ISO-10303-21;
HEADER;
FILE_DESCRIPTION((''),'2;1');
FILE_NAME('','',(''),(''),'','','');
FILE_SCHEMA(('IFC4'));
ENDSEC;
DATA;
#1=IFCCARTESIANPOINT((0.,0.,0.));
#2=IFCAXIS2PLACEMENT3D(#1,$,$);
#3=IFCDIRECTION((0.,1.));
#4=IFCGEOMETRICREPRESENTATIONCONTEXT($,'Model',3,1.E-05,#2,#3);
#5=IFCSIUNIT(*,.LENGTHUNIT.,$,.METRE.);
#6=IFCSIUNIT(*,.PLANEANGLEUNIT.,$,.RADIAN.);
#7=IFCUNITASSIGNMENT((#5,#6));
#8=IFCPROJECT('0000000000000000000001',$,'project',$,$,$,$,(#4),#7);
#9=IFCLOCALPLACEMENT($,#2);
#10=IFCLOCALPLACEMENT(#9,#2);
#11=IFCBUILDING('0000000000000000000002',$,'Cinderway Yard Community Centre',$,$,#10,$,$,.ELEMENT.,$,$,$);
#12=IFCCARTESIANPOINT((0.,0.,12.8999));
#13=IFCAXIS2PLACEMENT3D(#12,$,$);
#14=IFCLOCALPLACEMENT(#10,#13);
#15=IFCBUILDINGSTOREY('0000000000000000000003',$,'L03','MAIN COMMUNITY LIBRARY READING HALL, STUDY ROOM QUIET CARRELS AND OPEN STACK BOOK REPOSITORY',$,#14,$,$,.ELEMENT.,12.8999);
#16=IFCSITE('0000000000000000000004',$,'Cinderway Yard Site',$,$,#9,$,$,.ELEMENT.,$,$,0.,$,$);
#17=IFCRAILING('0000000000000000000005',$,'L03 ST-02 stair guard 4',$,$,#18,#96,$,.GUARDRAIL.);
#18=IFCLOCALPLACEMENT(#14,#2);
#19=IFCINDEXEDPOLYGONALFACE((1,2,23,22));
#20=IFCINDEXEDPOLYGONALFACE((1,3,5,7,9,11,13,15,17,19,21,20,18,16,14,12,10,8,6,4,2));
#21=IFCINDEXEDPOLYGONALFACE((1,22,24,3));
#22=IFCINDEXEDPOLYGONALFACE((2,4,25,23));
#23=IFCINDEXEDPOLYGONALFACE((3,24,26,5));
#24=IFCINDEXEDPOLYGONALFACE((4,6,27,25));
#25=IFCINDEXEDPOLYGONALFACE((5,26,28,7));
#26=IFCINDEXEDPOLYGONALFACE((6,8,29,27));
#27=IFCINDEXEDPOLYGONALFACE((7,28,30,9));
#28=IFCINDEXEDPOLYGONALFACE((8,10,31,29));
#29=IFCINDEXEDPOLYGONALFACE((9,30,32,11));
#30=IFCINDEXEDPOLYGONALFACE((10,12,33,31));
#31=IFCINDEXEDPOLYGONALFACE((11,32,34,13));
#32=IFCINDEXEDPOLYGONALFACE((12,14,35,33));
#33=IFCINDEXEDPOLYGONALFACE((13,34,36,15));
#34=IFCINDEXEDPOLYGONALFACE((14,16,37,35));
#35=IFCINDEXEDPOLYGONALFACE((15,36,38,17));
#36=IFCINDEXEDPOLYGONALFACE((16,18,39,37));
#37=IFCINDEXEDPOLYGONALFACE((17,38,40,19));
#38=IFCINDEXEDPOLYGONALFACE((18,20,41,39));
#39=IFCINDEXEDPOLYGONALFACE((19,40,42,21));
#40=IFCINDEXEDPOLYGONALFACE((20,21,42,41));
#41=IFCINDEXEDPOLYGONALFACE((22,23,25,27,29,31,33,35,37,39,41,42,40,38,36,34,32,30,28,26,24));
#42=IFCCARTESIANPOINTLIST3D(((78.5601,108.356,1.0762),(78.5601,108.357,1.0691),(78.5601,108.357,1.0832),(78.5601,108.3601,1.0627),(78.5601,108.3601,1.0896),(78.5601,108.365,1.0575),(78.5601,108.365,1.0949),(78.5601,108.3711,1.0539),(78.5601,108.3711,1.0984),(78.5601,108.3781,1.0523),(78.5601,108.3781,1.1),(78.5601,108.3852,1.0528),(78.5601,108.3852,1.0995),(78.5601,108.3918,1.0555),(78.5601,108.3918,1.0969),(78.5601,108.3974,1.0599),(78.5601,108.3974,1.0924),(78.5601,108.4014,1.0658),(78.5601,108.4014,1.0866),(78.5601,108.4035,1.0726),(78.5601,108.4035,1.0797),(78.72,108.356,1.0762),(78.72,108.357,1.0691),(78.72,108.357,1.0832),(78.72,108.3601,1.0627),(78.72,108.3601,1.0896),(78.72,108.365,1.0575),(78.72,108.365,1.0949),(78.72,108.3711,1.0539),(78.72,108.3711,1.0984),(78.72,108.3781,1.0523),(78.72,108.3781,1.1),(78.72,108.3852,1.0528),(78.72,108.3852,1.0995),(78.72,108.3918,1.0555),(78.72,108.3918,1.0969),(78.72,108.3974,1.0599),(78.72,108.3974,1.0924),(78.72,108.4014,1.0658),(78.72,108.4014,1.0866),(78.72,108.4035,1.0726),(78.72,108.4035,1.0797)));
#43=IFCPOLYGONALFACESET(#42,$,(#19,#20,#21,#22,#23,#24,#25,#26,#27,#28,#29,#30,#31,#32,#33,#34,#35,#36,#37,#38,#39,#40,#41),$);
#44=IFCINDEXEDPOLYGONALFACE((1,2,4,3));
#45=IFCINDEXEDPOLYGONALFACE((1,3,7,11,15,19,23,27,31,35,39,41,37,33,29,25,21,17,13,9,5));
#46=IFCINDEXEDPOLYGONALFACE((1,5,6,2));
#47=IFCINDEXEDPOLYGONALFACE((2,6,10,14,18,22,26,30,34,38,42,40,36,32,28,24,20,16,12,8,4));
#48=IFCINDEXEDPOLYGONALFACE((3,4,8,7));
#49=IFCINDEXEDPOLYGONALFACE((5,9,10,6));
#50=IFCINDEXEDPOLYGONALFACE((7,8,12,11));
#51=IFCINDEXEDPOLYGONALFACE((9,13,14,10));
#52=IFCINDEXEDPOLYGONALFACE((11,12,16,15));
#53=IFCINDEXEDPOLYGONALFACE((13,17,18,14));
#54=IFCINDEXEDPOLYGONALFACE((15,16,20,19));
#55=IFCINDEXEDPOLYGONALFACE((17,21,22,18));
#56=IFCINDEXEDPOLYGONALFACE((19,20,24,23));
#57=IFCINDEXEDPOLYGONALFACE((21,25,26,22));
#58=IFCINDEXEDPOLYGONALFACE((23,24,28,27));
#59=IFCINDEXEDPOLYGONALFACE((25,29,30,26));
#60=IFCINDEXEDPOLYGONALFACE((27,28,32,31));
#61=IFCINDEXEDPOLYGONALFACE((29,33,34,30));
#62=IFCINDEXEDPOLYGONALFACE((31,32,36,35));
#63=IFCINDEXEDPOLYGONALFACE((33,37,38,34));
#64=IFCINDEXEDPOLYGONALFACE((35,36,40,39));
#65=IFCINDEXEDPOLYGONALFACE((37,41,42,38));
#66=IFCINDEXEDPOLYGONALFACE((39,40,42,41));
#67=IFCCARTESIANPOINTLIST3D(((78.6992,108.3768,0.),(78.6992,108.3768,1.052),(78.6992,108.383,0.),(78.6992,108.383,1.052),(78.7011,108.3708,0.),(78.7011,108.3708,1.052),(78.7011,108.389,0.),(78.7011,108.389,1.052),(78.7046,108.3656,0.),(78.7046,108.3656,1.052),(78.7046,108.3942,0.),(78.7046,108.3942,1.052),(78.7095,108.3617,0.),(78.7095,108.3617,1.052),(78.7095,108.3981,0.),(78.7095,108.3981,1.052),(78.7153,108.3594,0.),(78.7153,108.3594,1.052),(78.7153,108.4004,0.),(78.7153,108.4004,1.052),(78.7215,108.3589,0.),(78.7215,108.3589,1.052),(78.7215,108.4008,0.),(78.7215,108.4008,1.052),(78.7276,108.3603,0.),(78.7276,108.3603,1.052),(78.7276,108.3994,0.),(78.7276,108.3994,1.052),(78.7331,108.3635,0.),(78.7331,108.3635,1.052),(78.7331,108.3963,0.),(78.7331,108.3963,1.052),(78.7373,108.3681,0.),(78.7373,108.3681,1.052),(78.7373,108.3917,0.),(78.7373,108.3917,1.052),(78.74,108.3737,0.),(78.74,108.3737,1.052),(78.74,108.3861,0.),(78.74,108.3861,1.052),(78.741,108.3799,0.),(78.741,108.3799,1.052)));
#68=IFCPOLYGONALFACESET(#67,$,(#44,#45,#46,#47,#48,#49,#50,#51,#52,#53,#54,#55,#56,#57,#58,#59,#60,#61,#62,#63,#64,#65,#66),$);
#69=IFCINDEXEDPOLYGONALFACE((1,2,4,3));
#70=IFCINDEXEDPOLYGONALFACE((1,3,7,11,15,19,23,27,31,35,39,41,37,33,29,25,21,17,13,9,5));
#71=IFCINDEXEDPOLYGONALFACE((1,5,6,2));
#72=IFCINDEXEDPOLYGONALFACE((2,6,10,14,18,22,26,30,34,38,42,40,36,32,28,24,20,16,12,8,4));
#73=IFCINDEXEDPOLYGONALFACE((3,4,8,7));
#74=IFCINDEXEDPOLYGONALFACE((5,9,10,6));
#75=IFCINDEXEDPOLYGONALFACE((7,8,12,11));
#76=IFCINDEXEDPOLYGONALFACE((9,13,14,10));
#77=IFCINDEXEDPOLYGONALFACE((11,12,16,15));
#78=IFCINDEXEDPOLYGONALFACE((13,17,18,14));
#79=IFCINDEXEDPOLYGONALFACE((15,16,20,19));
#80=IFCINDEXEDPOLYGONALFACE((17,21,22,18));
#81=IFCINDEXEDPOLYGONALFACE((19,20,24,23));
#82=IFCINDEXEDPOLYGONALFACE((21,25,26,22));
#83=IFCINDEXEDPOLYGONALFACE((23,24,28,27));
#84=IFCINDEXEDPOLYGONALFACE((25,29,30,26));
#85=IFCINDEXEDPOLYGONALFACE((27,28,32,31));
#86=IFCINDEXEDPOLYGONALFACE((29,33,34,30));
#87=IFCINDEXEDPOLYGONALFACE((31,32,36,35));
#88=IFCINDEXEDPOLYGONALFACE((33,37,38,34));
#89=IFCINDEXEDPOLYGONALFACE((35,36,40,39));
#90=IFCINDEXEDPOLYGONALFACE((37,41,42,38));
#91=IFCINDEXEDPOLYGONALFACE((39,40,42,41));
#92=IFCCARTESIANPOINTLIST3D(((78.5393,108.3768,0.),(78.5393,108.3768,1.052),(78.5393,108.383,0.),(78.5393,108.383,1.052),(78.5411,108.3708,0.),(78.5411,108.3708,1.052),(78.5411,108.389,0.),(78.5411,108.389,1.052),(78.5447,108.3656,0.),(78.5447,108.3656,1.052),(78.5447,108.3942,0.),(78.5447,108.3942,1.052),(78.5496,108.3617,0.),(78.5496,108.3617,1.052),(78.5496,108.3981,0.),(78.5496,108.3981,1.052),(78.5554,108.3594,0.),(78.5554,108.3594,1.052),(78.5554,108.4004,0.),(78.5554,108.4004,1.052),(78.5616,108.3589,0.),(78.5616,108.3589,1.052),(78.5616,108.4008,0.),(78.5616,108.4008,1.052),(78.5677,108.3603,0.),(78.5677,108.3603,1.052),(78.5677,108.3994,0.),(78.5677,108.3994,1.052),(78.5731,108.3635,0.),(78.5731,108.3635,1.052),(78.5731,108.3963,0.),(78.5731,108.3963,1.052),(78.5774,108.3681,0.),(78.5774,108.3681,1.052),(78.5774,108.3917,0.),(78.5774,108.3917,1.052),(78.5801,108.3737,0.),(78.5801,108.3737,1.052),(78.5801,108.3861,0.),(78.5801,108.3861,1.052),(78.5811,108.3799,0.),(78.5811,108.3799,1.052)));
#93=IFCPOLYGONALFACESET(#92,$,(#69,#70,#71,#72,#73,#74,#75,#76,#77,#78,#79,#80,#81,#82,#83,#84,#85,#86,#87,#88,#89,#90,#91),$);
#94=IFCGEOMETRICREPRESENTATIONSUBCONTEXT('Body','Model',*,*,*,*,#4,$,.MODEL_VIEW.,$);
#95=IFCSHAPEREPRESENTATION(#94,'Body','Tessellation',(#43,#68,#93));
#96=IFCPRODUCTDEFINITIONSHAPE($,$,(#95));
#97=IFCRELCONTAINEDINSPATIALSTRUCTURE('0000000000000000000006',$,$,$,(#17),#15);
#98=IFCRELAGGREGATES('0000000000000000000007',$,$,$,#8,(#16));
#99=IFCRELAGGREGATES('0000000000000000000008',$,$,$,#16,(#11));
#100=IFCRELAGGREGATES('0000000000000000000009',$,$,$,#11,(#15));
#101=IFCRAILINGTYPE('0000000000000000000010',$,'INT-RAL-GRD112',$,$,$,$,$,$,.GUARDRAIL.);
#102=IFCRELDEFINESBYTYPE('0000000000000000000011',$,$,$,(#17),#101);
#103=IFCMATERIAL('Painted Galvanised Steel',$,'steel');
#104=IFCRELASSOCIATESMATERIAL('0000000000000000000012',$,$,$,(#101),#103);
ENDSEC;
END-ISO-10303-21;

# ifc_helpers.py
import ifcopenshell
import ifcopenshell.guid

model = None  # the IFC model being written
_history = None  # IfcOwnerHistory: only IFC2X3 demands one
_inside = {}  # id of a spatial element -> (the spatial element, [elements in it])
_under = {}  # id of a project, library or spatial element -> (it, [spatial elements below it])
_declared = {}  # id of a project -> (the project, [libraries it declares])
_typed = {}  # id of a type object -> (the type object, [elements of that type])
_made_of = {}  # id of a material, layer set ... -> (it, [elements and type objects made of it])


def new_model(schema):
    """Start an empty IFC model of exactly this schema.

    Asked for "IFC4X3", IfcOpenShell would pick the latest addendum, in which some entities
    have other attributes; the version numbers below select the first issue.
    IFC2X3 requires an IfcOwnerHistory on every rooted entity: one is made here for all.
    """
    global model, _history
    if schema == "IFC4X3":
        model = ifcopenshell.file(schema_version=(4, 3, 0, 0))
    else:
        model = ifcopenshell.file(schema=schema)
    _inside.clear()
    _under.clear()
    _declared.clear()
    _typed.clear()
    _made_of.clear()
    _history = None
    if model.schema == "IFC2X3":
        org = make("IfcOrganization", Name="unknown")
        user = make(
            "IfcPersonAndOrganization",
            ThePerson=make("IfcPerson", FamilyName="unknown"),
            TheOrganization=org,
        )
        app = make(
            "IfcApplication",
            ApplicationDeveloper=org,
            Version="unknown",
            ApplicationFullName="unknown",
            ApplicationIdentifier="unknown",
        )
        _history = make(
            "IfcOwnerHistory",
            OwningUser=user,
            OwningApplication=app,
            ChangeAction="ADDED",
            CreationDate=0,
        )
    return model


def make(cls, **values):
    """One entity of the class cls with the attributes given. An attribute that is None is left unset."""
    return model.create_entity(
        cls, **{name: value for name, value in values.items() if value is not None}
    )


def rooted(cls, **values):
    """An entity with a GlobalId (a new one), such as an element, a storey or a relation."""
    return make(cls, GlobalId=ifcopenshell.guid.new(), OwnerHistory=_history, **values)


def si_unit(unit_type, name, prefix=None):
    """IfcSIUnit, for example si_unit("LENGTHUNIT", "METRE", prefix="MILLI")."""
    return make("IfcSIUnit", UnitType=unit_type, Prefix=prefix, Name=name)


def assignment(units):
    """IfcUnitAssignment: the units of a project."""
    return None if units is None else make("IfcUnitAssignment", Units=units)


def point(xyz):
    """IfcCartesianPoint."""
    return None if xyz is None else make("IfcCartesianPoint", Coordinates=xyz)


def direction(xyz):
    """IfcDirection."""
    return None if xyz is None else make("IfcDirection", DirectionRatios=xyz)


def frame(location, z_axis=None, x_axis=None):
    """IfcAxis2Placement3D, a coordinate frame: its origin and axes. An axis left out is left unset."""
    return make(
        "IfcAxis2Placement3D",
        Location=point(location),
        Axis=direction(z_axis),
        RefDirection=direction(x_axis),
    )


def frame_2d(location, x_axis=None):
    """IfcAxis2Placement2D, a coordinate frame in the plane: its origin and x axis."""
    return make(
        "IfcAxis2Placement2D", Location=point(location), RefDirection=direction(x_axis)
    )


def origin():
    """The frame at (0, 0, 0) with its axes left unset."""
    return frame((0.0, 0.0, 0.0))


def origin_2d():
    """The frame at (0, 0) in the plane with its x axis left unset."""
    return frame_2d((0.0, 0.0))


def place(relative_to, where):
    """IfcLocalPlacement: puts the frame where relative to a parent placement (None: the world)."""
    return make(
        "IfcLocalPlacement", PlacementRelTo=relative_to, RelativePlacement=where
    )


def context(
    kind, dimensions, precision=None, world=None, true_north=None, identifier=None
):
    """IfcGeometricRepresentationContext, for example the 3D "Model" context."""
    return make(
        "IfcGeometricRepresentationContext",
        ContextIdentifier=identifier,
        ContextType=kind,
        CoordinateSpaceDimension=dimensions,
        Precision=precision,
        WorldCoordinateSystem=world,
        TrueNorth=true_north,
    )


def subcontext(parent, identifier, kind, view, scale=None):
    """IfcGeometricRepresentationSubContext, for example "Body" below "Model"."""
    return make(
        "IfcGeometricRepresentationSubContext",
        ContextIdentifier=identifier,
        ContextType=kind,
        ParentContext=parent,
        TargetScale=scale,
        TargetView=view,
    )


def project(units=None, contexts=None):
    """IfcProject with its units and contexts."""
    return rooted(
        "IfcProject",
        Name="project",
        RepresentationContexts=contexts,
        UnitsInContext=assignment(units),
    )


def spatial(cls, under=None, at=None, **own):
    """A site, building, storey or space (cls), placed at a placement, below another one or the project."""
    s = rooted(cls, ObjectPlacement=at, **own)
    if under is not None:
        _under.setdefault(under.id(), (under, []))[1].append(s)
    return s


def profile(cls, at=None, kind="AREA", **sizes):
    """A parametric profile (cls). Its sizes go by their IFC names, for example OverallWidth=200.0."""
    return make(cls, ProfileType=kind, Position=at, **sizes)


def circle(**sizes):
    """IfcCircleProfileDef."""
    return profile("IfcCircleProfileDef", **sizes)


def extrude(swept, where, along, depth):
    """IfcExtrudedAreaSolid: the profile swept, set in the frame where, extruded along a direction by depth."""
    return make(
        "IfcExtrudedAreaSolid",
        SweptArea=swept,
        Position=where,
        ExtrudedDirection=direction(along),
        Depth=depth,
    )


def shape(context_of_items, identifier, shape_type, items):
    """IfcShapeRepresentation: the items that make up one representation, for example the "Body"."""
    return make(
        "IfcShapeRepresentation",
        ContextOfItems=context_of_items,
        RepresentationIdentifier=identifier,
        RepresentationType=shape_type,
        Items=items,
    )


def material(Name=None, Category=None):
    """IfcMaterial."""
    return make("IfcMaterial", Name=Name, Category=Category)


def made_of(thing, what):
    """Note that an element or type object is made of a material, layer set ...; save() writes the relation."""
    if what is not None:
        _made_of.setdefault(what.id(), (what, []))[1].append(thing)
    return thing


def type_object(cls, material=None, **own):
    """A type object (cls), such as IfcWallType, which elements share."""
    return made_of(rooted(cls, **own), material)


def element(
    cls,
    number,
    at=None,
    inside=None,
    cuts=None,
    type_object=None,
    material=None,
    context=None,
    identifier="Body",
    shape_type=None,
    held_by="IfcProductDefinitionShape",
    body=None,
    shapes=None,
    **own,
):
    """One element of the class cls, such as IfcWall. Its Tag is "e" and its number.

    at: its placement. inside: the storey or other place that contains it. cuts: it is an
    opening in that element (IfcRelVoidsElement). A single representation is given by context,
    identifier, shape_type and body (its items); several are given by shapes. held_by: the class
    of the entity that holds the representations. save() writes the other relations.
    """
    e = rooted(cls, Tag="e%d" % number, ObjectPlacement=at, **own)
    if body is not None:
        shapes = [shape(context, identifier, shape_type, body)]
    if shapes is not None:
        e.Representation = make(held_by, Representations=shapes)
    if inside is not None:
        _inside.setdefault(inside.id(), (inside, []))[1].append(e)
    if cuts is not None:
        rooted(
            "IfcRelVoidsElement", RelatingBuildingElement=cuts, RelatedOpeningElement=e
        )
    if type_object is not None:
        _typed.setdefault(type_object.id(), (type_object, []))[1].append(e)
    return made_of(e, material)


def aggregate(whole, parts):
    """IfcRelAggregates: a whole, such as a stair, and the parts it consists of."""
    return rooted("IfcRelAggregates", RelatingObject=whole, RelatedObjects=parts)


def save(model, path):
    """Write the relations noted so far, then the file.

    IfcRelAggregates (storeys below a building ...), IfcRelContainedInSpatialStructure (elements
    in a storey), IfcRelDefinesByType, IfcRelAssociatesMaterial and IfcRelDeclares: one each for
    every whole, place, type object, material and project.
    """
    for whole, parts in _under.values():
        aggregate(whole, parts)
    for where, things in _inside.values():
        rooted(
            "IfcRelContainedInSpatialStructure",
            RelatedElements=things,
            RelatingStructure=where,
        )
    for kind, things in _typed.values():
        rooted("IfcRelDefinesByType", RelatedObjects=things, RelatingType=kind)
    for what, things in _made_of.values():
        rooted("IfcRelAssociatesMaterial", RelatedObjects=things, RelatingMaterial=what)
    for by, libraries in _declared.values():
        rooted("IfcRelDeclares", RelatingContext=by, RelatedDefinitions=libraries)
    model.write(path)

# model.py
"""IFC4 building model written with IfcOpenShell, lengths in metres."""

from ifc_helpers import new_model, si_unit, direction, frame, origin, origin_2d, place, context, subcontext, project, spatial, circle, extrude, material, type_object, element, save


model = new_model("IFC4")

# Units and contexts
model_context = context("Model", 3, precision=1e-05, world=origin(), true_north=direction((0.0, 1.0)))
body_context = subcontext(model_context, "Body", "Model", "MODEL_VIEW")
ifc_project = project(units=[si_unit("LENGTHUNIT", "METRE"), si_unit("PLANEANGLEUNIT", "RADIAN")], contexts=[model_context])

# Site, building, storey
site_placement = place(None, origin())
site = spatial("IfcSite", under=ifc_project, at=site_placement, Name="Cinderway Yard Site", CompositionType="ELEMENT", RefElevation=0.0)
building_placement = place(site_placement, origin())
building = spatial("IfcBuilding", under=site, at=building_placement, Name="Cinderway Yard Community Centre", CompositionType="ELEMENT")
storey_placement = place(building_placement, frame((0.0, 0.0, 12.8999)))
storey = spatial("IfcBuildingStorey", under=building, at=storey_placement, Name="L03", Description="MAIN COMMUNITY LIBRARY READING HALL, STUDY ROOM QUIET CARRELS AND OPEN STACK BOOK REPOSITORY", CompositionType="ELEMENT", Elevation=12.8999)

# Shared definitions
ifc_material_1 = material(Name="Painted Galvanised Steel", Category="steel")

# Railing
railing_type_1 = type_object("IfcRailingType", Name="INT-RAL-GRD112", PredefinedType="GUARDRAIL", material=ifc_material_1)
railing_1_placement = place(storey_placement, frame((78.72, 108.3799, 0.0)))
element("IfcRailing", 1, at=railing_1_placement, inside=storey, type_object=railing_type_1, Name="L03 ST-02 stair guard 4", PredefinedType="GUARDRAIL", context=body_context, shape_type="SweptSolid", body=[
    extrude(circle(Radius=0.0239, at=origin_2d()), frame((0.0, 0.0, 1.0762), z_axis=(-1.0, 0.0, 0.0), x_axis=(0.0, -1.0, 0.0)), (0.0, 0.0, 1.0), 0.1599),
    extrude(circle(Radius=0.021, at=origin_2d()), origin(), (0.0, 0.0, 1.0), 1.052),
    extrude(circle(Radius=0.021, at=origin_2d()), frame((-0.1599, 0.0, 0.0)), (0.0, 0.0, 1.0), 1.052),
])

save(model, "model.ifc")
